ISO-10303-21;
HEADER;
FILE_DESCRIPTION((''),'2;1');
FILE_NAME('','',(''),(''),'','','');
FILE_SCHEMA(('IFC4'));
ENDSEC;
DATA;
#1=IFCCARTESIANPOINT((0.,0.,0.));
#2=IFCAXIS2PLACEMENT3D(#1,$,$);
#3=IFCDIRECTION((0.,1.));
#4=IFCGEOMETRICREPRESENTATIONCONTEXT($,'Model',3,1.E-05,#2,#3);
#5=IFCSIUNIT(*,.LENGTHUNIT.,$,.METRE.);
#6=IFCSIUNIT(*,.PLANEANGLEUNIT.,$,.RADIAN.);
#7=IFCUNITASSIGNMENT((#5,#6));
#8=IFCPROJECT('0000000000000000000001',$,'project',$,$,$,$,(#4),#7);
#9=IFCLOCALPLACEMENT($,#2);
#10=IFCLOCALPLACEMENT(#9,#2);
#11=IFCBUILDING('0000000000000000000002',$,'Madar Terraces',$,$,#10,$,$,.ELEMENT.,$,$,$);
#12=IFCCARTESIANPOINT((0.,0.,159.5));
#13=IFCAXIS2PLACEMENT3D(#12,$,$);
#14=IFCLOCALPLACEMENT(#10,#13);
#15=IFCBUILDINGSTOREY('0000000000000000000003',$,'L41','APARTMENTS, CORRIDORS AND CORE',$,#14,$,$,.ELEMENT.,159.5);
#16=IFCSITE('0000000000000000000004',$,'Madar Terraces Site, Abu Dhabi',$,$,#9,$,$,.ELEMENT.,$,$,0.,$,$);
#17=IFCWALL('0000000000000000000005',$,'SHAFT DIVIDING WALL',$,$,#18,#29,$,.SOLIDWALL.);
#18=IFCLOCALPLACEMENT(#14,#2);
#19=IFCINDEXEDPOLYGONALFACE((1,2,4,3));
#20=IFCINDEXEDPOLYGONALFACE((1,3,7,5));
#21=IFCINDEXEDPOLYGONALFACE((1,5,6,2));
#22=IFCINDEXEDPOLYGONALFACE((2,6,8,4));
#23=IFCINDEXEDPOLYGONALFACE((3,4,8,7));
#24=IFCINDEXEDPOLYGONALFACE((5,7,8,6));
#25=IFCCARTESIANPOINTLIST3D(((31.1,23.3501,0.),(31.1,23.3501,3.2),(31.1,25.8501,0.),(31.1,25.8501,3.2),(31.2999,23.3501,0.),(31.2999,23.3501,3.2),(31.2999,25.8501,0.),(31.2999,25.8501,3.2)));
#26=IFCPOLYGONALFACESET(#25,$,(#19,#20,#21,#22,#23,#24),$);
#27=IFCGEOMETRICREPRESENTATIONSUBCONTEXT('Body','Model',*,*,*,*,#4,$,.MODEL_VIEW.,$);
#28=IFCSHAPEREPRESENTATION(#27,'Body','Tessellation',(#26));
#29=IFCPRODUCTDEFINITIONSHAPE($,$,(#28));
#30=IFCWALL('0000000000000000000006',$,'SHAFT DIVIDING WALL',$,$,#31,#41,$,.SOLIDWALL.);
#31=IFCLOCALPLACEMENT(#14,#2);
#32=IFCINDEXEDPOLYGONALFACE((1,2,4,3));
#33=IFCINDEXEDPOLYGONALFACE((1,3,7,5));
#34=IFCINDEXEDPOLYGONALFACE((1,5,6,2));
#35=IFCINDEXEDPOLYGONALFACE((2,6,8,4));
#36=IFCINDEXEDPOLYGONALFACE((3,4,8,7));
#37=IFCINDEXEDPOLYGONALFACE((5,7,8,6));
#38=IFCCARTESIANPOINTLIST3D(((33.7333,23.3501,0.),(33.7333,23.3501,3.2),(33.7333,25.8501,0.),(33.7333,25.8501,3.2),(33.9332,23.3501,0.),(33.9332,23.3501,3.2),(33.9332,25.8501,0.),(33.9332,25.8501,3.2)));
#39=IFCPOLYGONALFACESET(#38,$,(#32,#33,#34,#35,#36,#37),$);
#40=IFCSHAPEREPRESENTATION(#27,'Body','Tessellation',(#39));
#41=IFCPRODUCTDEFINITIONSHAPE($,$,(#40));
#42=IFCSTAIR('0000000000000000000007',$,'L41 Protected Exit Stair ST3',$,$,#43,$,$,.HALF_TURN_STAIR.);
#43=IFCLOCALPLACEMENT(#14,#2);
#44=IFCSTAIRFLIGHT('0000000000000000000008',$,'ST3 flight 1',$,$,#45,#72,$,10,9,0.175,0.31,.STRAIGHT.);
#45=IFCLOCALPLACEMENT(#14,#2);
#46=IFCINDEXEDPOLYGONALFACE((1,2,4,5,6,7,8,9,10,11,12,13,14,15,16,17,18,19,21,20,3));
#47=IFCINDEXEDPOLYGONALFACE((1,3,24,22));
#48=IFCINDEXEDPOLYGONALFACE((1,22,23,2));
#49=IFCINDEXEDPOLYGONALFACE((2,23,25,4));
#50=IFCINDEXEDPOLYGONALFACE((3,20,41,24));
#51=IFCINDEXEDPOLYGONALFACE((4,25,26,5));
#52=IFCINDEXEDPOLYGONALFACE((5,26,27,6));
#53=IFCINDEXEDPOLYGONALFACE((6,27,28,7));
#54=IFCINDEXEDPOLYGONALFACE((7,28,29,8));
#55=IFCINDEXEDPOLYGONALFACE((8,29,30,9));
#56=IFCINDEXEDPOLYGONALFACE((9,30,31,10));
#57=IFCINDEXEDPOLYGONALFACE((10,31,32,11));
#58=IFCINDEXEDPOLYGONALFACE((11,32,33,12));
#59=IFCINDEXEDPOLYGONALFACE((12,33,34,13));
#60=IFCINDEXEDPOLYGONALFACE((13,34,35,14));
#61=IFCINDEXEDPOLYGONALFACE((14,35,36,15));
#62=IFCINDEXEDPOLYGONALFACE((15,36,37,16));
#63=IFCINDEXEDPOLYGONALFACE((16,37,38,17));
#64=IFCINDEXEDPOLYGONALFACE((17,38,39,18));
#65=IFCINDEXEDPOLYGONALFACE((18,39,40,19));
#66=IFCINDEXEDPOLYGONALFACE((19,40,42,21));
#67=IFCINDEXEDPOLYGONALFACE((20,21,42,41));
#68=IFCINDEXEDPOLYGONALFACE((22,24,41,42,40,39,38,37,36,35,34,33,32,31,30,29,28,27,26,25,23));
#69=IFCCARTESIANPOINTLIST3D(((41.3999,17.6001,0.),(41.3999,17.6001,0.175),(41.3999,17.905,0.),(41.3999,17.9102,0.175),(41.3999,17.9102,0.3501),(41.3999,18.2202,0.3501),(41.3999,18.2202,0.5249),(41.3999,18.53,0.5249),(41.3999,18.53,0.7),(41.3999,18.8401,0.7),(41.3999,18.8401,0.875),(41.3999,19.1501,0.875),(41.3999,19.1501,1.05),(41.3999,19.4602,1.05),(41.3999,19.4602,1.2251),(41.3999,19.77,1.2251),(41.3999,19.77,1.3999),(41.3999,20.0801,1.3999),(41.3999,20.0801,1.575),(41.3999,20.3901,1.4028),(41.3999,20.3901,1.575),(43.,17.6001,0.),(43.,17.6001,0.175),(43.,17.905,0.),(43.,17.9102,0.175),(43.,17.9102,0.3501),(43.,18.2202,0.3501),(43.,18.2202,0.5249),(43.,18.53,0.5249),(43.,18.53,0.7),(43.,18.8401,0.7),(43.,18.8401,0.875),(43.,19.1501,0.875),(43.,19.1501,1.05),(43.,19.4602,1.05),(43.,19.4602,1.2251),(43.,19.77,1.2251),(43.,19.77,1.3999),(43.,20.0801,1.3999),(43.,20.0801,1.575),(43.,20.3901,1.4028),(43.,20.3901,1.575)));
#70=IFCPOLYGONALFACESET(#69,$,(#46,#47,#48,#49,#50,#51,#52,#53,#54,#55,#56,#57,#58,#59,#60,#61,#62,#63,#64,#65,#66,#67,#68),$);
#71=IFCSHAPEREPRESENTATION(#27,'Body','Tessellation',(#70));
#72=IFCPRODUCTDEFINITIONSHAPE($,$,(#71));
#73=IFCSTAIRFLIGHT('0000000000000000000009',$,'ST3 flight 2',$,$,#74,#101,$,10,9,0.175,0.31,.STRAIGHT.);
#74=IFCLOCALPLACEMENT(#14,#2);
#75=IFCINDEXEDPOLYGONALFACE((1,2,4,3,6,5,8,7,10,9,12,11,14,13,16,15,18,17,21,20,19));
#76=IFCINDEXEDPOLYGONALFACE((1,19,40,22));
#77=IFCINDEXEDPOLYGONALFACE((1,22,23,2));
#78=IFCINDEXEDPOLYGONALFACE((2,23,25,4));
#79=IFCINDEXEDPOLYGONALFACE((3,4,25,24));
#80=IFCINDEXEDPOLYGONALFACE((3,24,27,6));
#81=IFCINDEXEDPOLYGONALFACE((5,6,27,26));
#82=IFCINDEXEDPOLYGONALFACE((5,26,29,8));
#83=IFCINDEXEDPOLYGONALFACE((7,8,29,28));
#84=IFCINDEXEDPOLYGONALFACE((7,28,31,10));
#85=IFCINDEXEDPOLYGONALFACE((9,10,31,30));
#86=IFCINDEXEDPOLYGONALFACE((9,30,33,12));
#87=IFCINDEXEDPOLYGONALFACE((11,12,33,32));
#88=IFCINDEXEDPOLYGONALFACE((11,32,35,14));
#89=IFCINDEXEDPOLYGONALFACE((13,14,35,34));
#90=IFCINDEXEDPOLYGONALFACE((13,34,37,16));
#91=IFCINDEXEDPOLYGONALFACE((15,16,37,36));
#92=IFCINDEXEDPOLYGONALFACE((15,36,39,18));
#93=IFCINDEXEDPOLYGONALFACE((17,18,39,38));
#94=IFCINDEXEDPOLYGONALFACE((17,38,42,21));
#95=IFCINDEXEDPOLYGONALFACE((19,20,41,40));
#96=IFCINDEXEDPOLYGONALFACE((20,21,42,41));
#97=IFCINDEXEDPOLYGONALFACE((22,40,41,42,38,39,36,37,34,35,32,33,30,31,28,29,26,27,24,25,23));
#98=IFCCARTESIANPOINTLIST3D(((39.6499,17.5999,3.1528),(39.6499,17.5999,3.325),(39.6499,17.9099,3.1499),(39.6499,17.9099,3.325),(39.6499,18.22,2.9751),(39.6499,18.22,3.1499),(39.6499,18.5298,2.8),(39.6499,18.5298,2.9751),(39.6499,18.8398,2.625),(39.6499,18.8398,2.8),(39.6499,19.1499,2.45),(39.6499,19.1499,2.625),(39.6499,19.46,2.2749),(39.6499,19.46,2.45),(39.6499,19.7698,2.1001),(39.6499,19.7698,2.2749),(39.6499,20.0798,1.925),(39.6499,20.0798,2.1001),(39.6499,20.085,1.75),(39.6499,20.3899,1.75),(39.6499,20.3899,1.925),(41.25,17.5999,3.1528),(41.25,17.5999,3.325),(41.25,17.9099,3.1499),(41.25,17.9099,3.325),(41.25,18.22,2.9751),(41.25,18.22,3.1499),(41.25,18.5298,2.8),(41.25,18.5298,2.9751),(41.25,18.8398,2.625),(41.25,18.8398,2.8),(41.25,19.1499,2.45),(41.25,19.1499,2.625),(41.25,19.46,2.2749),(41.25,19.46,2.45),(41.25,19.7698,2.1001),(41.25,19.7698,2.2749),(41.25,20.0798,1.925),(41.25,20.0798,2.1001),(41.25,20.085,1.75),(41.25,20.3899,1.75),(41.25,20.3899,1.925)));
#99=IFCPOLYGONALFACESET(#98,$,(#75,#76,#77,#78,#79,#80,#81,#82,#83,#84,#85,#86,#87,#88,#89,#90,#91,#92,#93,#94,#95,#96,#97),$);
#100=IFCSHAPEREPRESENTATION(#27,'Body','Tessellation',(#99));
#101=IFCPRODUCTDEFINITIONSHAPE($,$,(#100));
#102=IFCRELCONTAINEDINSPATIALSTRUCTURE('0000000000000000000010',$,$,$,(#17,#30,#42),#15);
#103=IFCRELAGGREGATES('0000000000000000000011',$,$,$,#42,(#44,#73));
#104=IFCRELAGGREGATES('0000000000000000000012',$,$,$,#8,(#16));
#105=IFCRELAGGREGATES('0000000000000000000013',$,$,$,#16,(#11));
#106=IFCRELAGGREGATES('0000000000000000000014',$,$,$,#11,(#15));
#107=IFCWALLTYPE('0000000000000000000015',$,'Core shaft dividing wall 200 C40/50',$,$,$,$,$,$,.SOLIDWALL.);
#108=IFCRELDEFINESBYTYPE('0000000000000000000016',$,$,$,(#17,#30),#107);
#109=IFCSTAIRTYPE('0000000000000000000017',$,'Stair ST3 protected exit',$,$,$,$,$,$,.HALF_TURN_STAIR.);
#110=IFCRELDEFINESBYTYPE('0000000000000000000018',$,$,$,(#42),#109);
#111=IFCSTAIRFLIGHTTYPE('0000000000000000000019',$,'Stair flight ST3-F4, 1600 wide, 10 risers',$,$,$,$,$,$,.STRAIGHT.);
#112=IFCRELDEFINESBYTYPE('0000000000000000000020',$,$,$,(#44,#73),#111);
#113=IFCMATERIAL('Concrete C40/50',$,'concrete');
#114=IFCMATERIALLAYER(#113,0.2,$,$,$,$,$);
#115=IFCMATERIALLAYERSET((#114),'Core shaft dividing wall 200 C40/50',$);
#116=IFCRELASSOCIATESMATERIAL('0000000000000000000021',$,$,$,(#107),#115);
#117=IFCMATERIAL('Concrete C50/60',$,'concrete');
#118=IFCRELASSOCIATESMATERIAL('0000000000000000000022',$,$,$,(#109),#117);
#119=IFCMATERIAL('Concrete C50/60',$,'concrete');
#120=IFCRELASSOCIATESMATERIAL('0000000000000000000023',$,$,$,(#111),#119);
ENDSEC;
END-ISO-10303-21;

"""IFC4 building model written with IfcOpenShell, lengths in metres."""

from ifc_helpers import new_model, si_unit, direction, frame, frame_2d, origin, place, context, subcontext, project, spatial, polyline, rectangle, outline, extrude, material, layer, layer_set, type_object, element, aggregate, save


model = new_model("IFC4")

# Units and contexts
model_context = context("Model", 3, precision=1e-05, world=origin(), true_north=direction((0.0, 1.0)))
body_context = subcontext(model_context, "Body", "Model", "MODEL_VIEW")
ifc_project = project(units=[si_unit("LENGTHUNIT", "METRE"), si_unit("PLANEANGLEUNIT", "RADIAN")], contexts=[model_context])

# Site, building, storey
site_placement = place(None, origin())
site = spatial("IfcSite", under=ifc_project, at=site_placement, Name="Madar Terraces Site, Abu Dhabi", CompositionType="ELEMENT", RefElevation=0.0)
building_placement = place(site_placement, origin())
building = spatial("IfcBuilding", under=site, at=building_placement, Name="Madar Terraces", CompositionType="ELEMENT")
storey_placement = place(building_placement, frame((0.0, 0.0, 159.5)))
storey = spatial("IfcBuildingStorey", under=building, at=storey_placement, Name="L41", Description="APARTMENTS, CORRIDORS AND CORE", CompositionType="ELEMENT", Elevation=159.5)

# Walls
ifc_material_1 = material(Name="Concrete C40/50", Category="concrete")
ifc_layer_1 = layer(ifc_material_1, 0.2)
ifc_layer_set_1 = layer_set([ifc_layer_1], Name="Core shaft dividing wall 200 C40/50")
wall_type_1 = type_object("IfcWallType", Name="Core shaft dividing wall 200 C40/50", PredefinedType="SOLIDWALL", material=ifc_layer_set_1)
for number, where, z_axis, x_axis, name in (
    (1, (31.2, 23.3501, 0.0), (0.0, 0.0, 1.0), (0.0, 1.0, 0.0), "SHAFT DIVIDING WALL"),
    (2, (33.8333, 23.3501, 0.0), (0.0, 0.0, 1.0), (0.0, 1.0, 0.0), "SHAFT DIVIDING WALL"),
):
    element("IfcWall", number, at=place(storey_placement, frame(where, z_axis=z_axis, x_axis=x_axis)), inside=storey, type_object=wall_type_1, Name=name, PredefinedType="SOLIDWALL", context=body_context, shape_type="SweptSolid", body=[
        extrude(rectangle(XDim=2.5, YDim=0.2, at=frame_2d((1.25, 0.0))), origin(), (0.0, 0.0, 1.0), 3.2),
    ])

# Stair, stair flights
ifc_material_2 = material(Name="Concrete C50/60", Category="concrete")
stair_type = type_object("IfcStairType", Name="Stair ST3 protected exit", PredefinedType="HALF_TURN_STAIR", material=ifc_material_2)
stair_placement = place(storey_placement, origin())
stair = element("IfcStair", 3, at=stair_placement, inside=storey, type_object=stair_type, Name="L41 Protected Exit Stair ST3", PredefinedType="HALF_TURN_STAIR")
ifc_material_3 = material(Name="Concrete C50/60", Category="concrete")
stair_flight_type = type_object("IfcStairFlightType", Name="Stair flight ST3-F4, 1600 wide, 10 risers", PredefinedType="STRAIGHT", material=ifc_material_3)
stair_flight_1_placement = place(storey_placement, frame((42.2, 17.6001, 0.0), z_axis=(0.0, 0.0, 1.0), x_axis=(0.0, 1.0, 0.0)))
stair_flight_1 = element("IfcStairFlight", 4, at=stair_flight_1_placement, type_object=stair_flight_type, Name="ST3 flight 1", NumberOfRisers=10, NumberOfTreads=9, PredefinedType="STRAIGHT", RiserHeight=0.175, TreadLength=0.31, context=body_context, shape_type="SweptSolid", body=[
    extrude(outline(polyline([(0.0, 0.0), (0.0, 0.175), (0.3101, 0.175), (0.3101, 0.3501), (0.6201, 0.3501), (0.6201, 0.5249), (0.9299, 0.5249), (0.9299, 0.7), (1.24, 0.7), (1.24, 0.875), (1.55, 0.875), (1.55, 1.05), (1.8601, 1.05), (1.8601, 1.2251), (2.1699, 1.2251), (2.1699, 1.3999), (2.48, 1.3999), (2.48, 1.575), (2.79, 1.575), (2.79, 1.75), (2.79, 1.4028), (0.3049, 0.0), (0.0, 0.0)])), frame((0.0, 0.8, 0.0), z_axis=(0.0, -1.0, 0.0), x_axis=(1.0, 0.0, 0.0)), (0.0, 0.0, 1.0), 1.6001),
])
stair_flight_2_placement = place(storey_placement, frame((40.45, 20.3899, 1.75), z_axis=(0.0, 0.0, 1.0), x_axis=(0.0, -1.0, 0.0)))
stair_flight_2 = element("IfcStairFlight", 5, at=stair_flight_2_placement, type_object=stair_flight_type, Name="ST3 flight 2", NumberOfRisers=10, NumberOfTreads=9, PredefinedType="STRAIGHT", RiserHeight=0.175, TreadLength=0.31, context=body_context, shape_type="SweptSolid", body=[
    extrude(outline(polyline([(0.0, 0.0), (0.0, 0.175), (0.3101, 0.175), (0.3101, 0.3501), (0.6201, 0.3501), (0.6201, 0.5249), (0.9299, 0.5249), (0.9299, 0.7), (1.24, 0.7), (1.24, 0.875), (1.55, 0.875), (1.55, 1.05), (1.8601, 1.05), (1.8601, 1.2251), (2.1699, 1.2251), (2.1699, 1.3999), (2.48, 1.3999), (2.48, 1.575), (2.79, 1.575), (2.79, 1.75), (2.79, 1.4028), (0.3049, 0.0), (0.0, 0.0)])), frame((0.0, 0.8, 0.0), z_axis=(0.0, -1.0, 0.0), x_axis=(1.0, 0.0, 0.0)), (0.0, 0.0, 1.0), 1.6001),
])
aggregate(stair, [stair_flight_1, stair_flight_2])

save(model, "model.ifc")
